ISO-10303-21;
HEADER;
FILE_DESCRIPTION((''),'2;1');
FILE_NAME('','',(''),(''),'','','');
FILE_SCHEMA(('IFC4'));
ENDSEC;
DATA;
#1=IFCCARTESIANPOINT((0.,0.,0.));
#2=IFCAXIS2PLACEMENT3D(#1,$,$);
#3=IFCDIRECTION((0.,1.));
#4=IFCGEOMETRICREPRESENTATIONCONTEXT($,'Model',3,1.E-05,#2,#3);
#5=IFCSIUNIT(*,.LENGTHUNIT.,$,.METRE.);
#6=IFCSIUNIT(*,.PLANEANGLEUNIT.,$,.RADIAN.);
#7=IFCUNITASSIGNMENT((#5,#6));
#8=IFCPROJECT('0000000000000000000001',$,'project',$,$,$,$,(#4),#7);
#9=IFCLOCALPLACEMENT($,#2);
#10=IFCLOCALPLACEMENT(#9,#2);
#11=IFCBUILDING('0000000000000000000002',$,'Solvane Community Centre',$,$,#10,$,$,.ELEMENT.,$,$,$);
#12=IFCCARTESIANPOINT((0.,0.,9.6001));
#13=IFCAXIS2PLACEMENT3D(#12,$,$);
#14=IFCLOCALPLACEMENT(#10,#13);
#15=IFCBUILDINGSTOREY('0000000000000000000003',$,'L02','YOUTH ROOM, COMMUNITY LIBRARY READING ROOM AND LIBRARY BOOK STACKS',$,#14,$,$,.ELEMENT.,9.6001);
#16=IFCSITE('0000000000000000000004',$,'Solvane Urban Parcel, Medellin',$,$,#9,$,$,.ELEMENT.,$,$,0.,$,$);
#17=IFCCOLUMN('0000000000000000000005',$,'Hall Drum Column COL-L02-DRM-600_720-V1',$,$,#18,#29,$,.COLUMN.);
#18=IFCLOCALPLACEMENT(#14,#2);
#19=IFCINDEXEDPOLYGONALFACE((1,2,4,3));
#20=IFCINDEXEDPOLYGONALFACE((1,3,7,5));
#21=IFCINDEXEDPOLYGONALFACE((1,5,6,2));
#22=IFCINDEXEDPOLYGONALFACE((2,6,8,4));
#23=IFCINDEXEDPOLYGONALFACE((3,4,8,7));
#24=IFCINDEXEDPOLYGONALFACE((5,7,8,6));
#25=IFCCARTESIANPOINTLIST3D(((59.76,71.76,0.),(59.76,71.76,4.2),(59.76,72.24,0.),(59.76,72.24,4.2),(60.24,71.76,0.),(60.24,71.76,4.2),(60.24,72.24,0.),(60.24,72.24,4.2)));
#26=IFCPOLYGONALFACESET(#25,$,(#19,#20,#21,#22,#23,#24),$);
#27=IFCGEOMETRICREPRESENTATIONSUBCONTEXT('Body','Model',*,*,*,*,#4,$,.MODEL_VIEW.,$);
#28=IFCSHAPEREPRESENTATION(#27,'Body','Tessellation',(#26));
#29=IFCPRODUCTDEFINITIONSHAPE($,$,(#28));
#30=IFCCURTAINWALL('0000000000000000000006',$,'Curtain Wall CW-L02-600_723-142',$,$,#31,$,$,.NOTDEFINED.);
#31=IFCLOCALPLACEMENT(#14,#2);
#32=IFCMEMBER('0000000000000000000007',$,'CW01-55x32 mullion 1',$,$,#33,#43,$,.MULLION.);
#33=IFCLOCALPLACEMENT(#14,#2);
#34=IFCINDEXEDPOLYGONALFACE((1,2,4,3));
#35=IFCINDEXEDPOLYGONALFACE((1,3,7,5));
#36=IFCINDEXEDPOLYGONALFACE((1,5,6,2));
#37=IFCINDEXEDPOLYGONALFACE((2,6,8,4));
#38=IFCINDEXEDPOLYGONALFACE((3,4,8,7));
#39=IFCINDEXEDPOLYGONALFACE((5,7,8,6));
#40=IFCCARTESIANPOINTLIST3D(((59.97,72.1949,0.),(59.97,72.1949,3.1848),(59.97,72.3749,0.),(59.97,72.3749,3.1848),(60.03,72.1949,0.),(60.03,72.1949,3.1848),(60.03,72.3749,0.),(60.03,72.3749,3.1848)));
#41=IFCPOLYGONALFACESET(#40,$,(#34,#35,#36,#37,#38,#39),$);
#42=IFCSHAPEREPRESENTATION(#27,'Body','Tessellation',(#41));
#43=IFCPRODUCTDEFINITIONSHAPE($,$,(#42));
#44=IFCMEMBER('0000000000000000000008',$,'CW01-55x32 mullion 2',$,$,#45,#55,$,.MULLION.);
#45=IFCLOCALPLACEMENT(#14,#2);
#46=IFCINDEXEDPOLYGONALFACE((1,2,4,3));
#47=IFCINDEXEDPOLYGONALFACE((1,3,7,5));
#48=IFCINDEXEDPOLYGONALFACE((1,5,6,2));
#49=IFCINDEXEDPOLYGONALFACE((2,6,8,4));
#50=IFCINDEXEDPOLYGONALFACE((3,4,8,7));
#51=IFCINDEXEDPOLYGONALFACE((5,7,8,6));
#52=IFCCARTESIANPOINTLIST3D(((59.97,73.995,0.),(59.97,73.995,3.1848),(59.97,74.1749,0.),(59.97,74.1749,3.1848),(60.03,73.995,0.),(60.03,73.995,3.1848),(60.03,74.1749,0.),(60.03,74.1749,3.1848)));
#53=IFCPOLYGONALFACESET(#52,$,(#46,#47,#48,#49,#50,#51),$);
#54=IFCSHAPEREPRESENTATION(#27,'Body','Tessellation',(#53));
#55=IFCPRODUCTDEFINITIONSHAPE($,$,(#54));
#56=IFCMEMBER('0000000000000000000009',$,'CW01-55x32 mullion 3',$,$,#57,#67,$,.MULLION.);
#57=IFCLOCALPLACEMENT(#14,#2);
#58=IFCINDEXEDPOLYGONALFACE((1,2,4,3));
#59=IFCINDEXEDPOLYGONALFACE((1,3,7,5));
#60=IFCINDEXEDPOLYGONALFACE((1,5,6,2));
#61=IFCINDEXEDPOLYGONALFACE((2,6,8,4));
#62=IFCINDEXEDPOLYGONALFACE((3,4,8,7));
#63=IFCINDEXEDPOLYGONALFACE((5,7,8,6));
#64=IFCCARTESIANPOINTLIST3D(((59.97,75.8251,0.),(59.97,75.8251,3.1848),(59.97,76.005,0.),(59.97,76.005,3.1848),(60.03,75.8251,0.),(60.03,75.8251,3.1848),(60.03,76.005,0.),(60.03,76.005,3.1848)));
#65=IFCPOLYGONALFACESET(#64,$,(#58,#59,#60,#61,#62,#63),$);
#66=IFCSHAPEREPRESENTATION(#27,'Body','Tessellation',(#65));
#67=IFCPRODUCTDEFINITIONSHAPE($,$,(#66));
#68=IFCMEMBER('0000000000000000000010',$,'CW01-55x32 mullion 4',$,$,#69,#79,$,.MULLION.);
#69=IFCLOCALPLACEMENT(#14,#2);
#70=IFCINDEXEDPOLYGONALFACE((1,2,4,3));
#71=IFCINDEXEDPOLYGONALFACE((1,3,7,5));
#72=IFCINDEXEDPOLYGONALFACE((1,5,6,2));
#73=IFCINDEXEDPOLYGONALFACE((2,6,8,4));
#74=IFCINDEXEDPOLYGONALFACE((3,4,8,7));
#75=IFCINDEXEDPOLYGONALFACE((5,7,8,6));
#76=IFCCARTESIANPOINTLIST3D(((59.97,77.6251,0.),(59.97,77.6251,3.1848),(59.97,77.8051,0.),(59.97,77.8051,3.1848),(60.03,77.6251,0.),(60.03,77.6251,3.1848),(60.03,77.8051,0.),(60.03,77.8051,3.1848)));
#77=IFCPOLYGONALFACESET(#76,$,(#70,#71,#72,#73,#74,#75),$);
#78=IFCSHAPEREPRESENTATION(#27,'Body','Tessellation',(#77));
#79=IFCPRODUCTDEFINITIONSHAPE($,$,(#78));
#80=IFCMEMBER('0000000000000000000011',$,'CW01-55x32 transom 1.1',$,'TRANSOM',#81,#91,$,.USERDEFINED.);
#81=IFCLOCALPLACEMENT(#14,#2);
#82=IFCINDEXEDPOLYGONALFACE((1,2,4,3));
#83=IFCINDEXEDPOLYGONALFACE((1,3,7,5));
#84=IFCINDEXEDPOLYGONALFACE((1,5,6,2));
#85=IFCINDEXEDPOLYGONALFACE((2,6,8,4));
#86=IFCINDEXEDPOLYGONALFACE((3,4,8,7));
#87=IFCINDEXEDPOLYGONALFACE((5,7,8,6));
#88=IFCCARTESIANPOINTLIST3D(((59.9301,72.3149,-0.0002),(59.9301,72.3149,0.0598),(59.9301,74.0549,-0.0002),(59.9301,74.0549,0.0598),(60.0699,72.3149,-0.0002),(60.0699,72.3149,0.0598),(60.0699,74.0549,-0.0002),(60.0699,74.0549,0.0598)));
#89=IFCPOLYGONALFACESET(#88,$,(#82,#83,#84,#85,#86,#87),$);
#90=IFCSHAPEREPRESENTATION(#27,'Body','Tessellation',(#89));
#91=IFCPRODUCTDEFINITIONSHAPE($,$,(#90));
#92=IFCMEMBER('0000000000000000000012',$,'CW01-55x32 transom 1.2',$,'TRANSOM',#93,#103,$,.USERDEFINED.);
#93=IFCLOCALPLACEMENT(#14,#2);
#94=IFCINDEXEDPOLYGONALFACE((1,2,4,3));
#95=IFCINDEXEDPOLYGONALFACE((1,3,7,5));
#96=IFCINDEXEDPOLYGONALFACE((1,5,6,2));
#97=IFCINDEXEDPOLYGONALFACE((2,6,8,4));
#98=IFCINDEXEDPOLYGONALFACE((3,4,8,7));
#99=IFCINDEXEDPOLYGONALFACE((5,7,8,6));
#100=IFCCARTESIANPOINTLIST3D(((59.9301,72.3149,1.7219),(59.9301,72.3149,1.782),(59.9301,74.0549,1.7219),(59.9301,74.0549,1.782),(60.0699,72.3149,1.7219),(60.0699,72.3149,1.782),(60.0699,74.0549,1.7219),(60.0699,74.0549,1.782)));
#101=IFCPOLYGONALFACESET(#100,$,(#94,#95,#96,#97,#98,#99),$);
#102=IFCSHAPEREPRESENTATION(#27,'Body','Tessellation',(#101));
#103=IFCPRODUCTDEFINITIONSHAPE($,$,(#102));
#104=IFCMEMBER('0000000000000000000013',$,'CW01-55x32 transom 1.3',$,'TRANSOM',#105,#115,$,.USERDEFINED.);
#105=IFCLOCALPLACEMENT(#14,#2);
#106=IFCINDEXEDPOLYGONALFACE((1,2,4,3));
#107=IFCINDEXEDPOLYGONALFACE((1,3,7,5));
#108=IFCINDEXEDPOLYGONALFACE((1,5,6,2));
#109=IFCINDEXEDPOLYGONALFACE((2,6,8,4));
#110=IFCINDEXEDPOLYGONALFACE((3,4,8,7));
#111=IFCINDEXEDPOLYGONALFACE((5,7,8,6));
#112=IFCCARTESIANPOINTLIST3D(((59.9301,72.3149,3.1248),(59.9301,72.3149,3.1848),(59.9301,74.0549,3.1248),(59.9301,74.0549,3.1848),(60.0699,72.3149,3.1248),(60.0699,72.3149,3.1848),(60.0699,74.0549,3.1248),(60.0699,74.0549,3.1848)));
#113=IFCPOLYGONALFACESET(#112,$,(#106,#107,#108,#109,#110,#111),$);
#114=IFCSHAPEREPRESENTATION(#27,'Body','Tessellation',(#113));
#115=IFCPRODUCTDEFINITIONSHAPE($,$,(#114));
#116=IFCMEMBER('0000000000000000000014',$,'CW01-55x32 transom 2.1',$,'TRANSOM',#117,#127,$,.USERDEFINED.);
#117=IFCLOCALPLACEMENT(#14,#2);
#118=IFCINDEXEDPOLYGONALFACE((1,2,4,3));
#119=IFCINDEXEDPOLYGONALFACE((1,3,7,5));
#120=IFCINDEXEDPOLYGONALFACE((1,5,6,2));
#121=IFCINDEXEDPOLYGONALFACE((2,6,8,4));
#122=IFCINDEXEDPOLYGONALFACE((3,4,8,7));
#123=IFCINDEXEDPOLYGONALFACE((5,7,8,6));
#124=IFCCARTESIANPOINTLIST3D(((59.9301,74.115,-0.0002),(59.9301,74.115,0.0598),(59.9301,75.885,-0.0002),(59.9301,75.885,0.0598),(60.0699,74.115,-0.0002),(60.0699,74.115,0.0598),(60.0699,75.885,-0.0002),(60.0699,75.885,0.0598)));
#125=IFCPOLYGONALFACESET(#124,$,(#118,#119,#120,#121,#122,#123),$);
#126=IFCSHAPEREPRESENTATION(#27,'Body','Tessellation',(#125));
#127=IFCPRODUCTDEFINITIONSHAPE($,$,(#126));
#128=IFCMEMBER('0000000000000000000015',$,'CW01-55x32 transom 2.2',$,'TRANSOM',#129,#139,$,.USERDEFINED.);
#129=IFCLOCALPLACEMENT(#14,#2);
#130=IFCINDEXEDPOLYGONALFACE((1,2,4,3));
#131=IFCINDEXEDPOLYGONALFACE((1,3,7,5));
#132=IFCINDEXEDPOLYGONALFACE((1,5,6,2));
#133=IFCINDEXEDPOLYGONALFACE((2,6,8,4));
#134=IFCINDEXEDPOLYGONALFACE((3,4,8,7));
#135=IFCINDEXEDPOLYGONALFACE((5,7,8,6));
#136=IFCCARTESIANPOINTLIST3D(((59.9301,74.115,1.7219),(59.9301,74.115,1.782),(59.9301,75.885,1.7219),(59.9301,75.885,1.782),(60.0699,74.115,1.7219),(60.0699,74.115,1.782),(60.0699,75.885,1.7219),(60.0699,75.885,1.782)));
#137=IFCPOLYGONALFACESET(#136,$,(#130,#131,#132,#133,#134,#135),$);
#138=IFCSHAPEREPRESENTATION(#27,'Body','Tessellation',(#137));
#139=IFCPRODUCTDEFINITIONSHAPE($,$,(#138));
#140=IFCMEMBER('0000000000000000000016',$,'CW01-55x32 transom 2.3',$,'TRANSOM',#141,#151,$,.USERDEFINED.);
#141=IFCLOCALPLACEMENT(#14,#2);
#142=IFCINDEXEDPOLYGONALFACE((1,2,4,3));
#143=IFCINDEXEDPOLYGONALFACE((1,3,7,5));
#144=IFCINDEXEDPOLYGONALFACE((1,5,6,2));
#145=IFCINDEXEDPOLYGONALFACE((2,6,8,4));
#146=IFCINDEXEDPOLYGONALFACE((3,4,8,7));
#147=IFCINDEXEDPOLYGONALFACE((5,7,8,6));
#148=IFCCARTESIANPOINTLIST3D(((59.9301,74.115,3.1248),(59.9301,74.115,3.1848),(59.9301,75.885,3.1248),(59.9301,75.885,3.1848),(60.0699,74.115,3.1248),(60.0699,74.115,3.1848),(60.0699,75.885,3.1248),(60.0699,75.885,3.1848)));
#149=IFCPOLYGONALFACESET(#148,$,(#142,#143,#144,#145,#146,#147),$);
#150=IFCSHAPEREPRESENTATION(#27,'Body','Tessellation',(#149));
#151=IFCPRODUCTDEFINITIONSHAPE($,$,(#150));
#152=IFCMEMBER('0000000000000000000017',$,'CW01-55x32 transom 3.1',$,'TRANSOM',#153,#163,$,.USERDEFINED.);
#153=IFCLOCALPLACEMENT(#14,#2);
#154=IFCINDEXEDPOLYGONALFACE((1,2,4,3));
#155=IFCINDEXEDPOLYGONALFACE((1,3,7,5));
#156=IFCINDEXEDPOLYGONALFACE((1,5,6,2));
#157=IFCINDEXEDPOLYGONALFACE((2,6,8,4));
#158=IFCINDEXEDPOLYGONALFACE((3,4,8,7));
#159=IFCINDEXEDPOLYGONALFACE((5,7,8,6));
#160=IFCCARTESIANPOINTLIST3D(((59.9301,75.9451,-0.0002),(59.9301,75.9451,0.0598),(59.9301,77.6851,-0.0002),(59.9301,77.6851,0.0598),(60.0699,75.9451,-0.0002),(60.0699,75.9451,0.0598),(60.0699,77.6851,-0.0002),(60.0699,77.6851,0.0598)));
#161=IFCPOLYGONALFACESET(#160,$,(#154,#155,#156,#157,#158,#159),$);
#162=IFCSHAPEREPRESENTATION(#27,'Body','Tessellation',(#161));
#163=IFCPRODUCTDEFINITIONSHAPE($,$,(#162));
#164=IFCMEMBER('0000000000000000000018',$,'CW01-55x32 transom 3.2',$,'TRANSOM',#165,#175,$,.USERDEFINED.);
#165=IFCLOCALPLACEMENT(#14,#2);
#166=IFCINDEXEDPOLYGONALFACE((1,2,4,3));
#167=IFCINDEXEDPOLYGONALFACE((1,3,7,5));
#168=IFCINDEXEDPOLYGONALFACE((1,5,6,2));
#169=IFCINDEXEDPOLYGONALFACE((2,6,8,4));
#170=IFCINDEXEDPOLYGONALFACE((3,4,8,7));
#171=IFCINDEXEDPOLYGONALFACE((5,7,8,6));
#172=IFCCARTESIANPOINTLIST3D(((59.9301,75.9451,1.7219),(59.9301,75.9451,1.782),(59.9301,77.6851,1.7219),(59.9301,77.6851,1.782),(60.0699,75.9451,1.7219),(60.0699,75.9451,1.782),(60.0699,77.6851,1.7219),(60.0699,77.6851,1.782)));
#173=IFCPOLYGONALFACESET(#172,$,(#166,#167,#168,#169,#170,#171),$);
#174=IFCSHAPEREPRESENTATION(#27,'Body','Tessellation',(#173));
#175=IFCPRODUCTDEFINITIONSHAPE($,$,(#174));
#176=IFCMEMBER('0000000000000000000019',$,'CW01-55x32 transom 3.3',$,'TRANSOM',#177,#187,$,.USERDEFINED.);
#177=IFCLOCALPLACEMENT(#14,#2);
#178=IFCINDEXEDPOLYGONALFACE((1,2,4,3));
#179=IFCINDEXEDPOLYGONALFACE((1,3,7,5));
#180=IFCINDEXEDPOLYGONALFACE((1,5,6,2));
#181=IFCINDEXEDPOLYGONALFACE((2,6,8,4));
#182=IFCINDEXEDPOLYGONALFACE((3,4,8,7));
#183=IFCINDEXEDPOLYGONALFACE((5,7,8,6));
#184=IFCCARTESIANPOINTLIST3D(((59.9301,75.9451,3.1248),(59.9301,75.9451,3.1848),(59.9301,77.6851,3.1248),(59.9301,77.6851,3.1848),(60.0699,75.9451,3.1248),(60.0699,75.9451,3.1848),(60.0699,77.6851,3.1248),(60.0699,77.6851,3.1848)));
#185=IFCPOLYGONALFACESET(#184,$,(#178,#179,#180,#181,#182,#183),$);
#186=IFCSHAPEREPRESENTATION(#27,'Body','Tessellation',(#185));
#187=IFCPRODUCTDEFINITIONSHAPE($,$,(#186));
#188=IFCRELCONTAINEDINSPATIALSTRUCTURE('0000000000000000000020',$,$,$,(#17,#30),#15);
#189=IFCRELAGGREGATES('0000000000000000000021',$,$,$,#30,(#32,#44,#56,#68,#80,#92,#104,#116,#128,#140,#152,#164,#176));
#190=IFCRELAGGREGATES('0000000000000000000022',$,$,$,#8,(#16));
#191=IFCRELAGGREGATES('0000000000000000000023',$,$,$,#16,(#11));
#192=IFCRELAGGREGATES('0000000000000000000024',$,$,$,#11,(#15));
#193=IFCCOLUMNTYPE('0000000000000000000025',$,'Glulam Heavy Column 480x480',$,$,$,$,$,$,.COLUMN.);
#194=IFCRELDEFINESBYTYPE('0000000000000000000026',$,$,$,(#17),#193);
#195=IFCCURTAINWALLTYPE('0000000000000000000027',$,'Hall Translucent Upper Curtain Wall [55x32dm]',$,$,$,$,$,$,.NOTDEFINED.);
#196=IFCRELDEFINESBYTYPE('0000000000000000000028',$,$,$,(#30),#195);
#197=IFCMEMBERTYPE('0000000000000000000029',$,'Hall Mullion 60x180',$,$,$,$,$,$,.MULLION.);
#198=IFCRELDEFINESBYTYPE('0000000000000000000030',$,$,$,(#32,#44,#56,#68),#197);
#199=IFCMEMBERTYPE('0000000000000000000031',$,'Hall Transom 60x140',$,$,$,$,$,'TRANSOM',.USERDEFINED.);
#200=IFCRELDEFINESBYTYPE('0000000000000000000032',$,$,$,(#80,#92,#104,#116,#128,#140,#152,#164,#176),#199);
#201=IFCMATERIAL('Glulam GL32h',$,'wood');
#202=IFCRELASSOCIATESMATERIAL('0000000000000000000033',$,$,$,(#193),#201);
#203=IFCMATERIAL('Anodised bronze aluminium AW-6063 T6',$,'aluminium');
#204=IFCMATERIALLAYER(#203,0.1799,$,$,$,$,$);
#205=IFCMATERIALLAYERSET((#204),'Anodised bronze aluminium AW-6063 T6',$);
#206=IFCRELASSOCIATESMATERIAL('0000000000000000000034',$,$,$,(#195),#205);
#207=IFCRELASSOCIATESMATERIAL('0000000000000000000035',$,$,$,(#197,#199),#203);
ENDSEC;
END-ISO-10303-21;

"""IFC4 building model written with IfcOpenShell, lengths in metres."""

from ifc_helpers import new_model, si_unit, direction, frame, origin, origin_2d, place, context, subcontext, project, spatial, rectangle, extrude, material, layer, layer_set, material_profile, profile_set, type_object, element, aggregate, save


model = new_model("IFC4")

# Units and contexts
model_context = context("Model", 3, precision=1e-05, world=origin(), true_north=direction((0.0, 1.0)))
body_context = subcontext(model_context, "Body", "Model", "MODEL_VIEW")
ifc_project = project(units=[si_unit("LENGTHUNIT", "METRE"), si_unit("PLANEANGLEUNIT", "RADIAN")], contexts=[model_context])

# Site, building, storey
site_placement = place(None, origin())
site = spatial("IfcSite", under=ifc_project, at=site_placement, Name="Solvane Urban Parcel, Medellin", CompositionType="ELEMENT", RefElevation=0.0)
building_placement = place(site_placement, origin())
building = spatial("IfcBuilding", under=site, at=building_placement, Name="Solvane Community Centre", CompositionType="ELEMENT")
storey_placement = place(building_placement, frame((0.0, 0.0, 9.6001)))
storey = spatial("IfcBuildingStorey", under=building, at=storey_placement, Name="L02", Description="YOUTH ROOM, COMMUNITY LIBRARY READING ROOM AND LIBRARY BOOK STACKS", CompositionType="ELEMENT", Elevation=9.6001)

# Column
ifc_material_1 = material(Name="Glulam GL32h", Category="wood")
ifc_material_profile_1 = material_profile(ifc_material_1, rectangle(XDim=0.48, YDim=0.48, at=origin_2d()), Name="GL32h 480x480")
ifc_profile_set_1 = profile_set([ifc_material_profile_1], Name="Glulam GL32h")
column_type = type_object("IfcColumnType", Name="Glulam Heavy Column 480x480", PredefinedType="COLUMN", material=ifc_profile_set_1)
column_placement = place(storey_placement, frame((60.0, 72.0, 0.0), z_axis=(0.0, 0.0, 1.0), x_axis=(1.0, 0.0, 0.0)))
element("IfcColumn", 1, at=column_placement, inside=storey, type_object=column_type, Name="Hall Drum Column COL-L02-DRM-600_720-V1", PredefinedType="COLUMN", context=body_context, shape_type="SweptSolid", body=[
    extrude(rectangle(XDim=0.48, YDim=0.48, at=origin_2d()), origin(), (0.0, 0.0, 1.0), 4.2),
])

# Curtain wall, members
ifc_material_2 = material(Name="Anodised bronze aluminium AW-6063 T6", Category="aluminium")
ifc_layer_1 = layer(ifc_material_2, 0.1799)
ifc_layer_set_1 = layer_set([ifc_layer_1], Name="Anodised bronze aluminium AW-6063 T6")
curtain_wall_type = type_object("IfcCurtainWallType", Name="Hall Translucent Upper Curtain Wall [55x32dm]", PredefinedType="NOTDEFINED", material=ifc_layer_set_1)
curtain_wall_placement = place(storey_placement, origin())
curtain_wall = element("IfcCurtainWall", 2, at=curtain_wall_placement, inside=storey, type_object=curtain_wall_type, Name="Curtain Wall CW-L02-600_723-142", PredefinedType="NOTDEFINED")
ifc_material_profile_2 = material_profile(ifc_material_2, rectangle(XDim=0.0601, YDim=0.1799, at=origin_2d()), Name="CW-M 60x180")
ifc_profile_set_2 = profile_set([ifc_material_profile_2], Name="Anodised bronze aluminium AW-6063 T6")
member_type_1 = type_object("IfcMemberType", Name="Hall Mullion 60x180", PredefinedType="MULLION", material=ifc_profile_set_2)
member_1_placement = place(storey_placement, frame((60.0, 72.2849, 0.0), z_axis=(0.0, 0.0, 1.0), x_axis=(-1.0, 0.0, 0.0)))
member_1 = element("IfcMember", 3, at=member_1_placement, type_object=member_type_1, Name="CW01-55x32 mullion 1", PredefinedType="MULLION", context=body_context, shape_type="SweptSolid", body=[
    extrude(rectangle(XDim=0.0601, YDim=0.1799, at=origin_2d()), origin(), (0.0, 0.0, 1.0), 3.1848),
])
member_2_placement = place(storey_placement, frame((60.0, 74.085, 0.0), z_axis=(0.0, 0.0, 1.0), x_axis=(-1.0, 0.0, 0.0)))
member_2 = element("IfcMember", 4, at=member_2_placement, type_object=member_type_1, Name="CW01-55x32 mullion 2", PredefinedType="MULLION", context=body_context, shape_type="SweptSolid", body=[
    extrude(rectangle(XDim=0.0601, YDim=0.1799, at=origin_2d()), origin(), (0.0, 0.0, 1.0), 3.1848),
])
member_3_placement = place(storey_placement, frame((60.0, 75.915, 0.0), z_axis=(0.0, 0.0, 1.0), x_axis=(-1.0, 0.0, 0.0)))
member_3 = element("IfcMember", 5, at=member_3_placement, type_object=member_type_1, Name="CW01-55x32 mullion 3", PredefinedType="MULLION", context=body_context, shape_type="SweptSolid", body=[
    extrude(rectangle(XDim=0.0601, YDim=0.1799, at=origin_2d()), origin(), (0.0, 0.0, 1.0), 3.1848),
])
member_4_placement = place(storey_placement, frame((60.0, 77.7151, 0.0), z_axis=(0.0, 0.0, 1.0), x_axis=(-1.0, 0.0, 0.0)))
member_4 = element("IfcMember", 6, at=member_4_placement, type_object=member_type_1, Name="CW01-55x32 mullion 4", PredefinedType="MULLION", context=body_context, shape_type="SweptSolid", body=[
    extrude(rectangle(XDim=0.0601, YDim=0.1799, at=origin_2d()), origin(), (0.0, 0.0, 1.0), 3.1848),
])
ifc_material_profile_3 = material_profile(ifc_material_2, rectangle(XDim=0.1399, YDim=0.0601, at=origin_2d()), Name="CW-T 60x140")
ifc_profile_set_3 = profile_set([ifc_material_profile_3], Name="Anodised bronze aluminium AW-6063 T6")
member_type_2 = type_object("IfcMemberType", Name="Hall Transom 60x140", ElementType="TRANSOM", PredefinedType="USERDEFINED", material=ifc_profile_set_3)
member_5_placement = place(storey_placement, frame((60.0, 72.3149, 0.0298), z_axis=(0.0, 1.0, 0.0), x_axis=(-1.0, 0.0, 0.0)))
member_5 = element("IfcMember", 7, at=member_5_placement, type_object=member_type_2, Name="CW01-55x32 transom 1.1", ObjectType="TRANSOM", PredefinedType="USERDEFINED", context=body_context, shape_type="SweptSolid", body=[
    extrude(rectangle(XDim=0.1399, YDim=0.0601, at=origin_2d()), origin(), (0.0, 0.0, 1.0), 1.74),
])
member_6_placement = place(storey_placement, frame((60.0, 72.3149, 1.752), z_axis=(0.0, 1.0, 0.0), x_axis=(-1.0, 0.0, 0.0)))
member_6 = element("IfcMember", 8, at=member_6_placement, type_object=member_type_2, Name="CW01-55x32 transom 1.2", ObjectType="TRANSOM", PredefinedType="USERDEFINED", context=body_context, shape_type="SweptSolid", body=[
    extrude(rectangle(XDim=0.1399, YDim=0.0601, at=origin_2d()), origin(), (0.0, 0.0, 1.0), 1.74),
])
member_7_placement = place(storey_placement, frame((60.0, 72.3149, 3.1548), z_axis=(0.0, 1.0, 0.0), x_axis=(-1.0, 0.0, 0.0)))
member_7 = element("IfcMember", 9, at=member_7_placement, type_object=member_type_2, Name="CW01-55x32 transom 1.3", ObjectType="TRANSOM", PredefinedType="USERDEFINED", context=body_context, shape_type="SweptSolid", body=[
    extrude(rectangle(XDim=0.1399, YDim=0.0601, at=origin_2d()), origin(), (0.0, 0.0, 1.0), 1.74),
])
member_8_placement = place(storey_placement, frame((60.0, 74.115, 0.0298), z_axis=(0.0, 1.0, 0.0), x_axis=(-1.0, 0.0, 0.0)))
member_8 = element("IfcMember", 10, at=member_8_placement, type_object=member_type_2, Name="CW01-55x32 transom 2.1", ObjectType="TRANSOM", PredefinedType="USERDEFINED", context=body_context, shape_type="SweptSolid", body=[
    extrude(rectangle(XDim=0.1399, YDim=0.0601, at=origin_2d()), origin(), (0.0, 0.0, 1.0), 1.77),
])
member_9_placement = place(storey_placement, frame((60.0, 74.115, 1.752), z_axis=(0.0, 1.0, 0.0), x_axis=(-1.0, 0.0, 0.0)))
member_9 = element("IfcMember", 11, at=member_9_placement, type_object=member_type_2, Name="CW01-55x32 transom 2.2", ObjectType="TRANSOM", PredefinedType="USERDEFINED", context=body_context, shape_type="SweptSolid", body=[
    extrude(rectangle(XDim=0.1399, YDim=0.0601, at=origin_2d()), origin(), (0.0, 0.0, 1.0), 1.77),
])
member_10_placement = place(storey_placement, frame((60.0, 74.115, 3.1548), z_axis=(0.0, 1.0, 0.0), x_axis=(-1.0, 0.0, 0.0)))
member_10 = element("IfcMember", 12, at=member_10_placement, type_object=member_type_2, Name="CW01-55x32 transom 2.3", ObjectType="TRANSOM", PredefinedType="USERDEFINED", context=body_context, shape_type="SweptSolid", body=[
    extrude(rectangle(XDim=0.1399, YDim=0.0601, at=origin_2d()), origin(), (0.0, 0.0, 1.0), 1.77),
])
member_11_placement = place(storey_placement, frame((60.0, 75.9451, 0.0298), z_axis=(0.0, 1.0, 0.0), x_axis=(-1.0, 0.0, 0.0)))
member_11 = element("IfcMember", 13, at=member_11_placement, type_object=member_type_2, Name="CW01-55x32 transom 3.1", ObjectType="TRANSOM", PredefinedType="USERDEFINED", context=body_context, shape_type="SweptSolid", body=[
    extrude(rectangle(XDim=0.1399, YDim=0.0601, at=origin_2d()), origin(), (0.0, 0.0, 1.0), 1.74),
])
member_12_placement = place(storey_placement, frame((60.0, 75.9451, 1.752), z_axis=(0.0, 1.0, 0.0), x_axis=(-1.0, 0.0, 0.0)))
member_12 = element("IfcMember", 14, at=member_12_placement, type_object=member_type_2, Name="CW01-55x32 transom 3.2", ObjectType="TRANSOM", PredefinedType="USERDEFINED", context=body_context, shape_type="SweptSolid", body=[
    extrude(rectangle(XDim=0.1399, YDim=0.0601, at=origin_2d()), origin(), (0.0, 0.0, 1.0), 1.74),
])
member_13_placement = place(storey_placement, frame((60.0, 75.9451, 3.1548), z_axis=(0.0, 1.0, 0.0), x_axis=(-1.0, 0.0, 0.0)))
member_13 = element("IfcMember", 15, at=member_13_placement, type_object=member_type_2, Name="CW01-55x32 transom 3.3", ObjectType="TRANSOM", PredefinedType="USERDEFINED", context=body_context, shape_type="SweptSolid", body=[
    extrude(rectangle(XDim=0.1399, YDim=0.0601, at=origin_2d()), origin(), (0.0, 0.0, 1.0), 1.74),
])

aggregate(curtain_wall, [member_1, member_2, member_3, member_4, member_5, member_6, member_7, member_8, member_9, member_10, member_11, member_12, member_13])

save(model, "model.ifc")
